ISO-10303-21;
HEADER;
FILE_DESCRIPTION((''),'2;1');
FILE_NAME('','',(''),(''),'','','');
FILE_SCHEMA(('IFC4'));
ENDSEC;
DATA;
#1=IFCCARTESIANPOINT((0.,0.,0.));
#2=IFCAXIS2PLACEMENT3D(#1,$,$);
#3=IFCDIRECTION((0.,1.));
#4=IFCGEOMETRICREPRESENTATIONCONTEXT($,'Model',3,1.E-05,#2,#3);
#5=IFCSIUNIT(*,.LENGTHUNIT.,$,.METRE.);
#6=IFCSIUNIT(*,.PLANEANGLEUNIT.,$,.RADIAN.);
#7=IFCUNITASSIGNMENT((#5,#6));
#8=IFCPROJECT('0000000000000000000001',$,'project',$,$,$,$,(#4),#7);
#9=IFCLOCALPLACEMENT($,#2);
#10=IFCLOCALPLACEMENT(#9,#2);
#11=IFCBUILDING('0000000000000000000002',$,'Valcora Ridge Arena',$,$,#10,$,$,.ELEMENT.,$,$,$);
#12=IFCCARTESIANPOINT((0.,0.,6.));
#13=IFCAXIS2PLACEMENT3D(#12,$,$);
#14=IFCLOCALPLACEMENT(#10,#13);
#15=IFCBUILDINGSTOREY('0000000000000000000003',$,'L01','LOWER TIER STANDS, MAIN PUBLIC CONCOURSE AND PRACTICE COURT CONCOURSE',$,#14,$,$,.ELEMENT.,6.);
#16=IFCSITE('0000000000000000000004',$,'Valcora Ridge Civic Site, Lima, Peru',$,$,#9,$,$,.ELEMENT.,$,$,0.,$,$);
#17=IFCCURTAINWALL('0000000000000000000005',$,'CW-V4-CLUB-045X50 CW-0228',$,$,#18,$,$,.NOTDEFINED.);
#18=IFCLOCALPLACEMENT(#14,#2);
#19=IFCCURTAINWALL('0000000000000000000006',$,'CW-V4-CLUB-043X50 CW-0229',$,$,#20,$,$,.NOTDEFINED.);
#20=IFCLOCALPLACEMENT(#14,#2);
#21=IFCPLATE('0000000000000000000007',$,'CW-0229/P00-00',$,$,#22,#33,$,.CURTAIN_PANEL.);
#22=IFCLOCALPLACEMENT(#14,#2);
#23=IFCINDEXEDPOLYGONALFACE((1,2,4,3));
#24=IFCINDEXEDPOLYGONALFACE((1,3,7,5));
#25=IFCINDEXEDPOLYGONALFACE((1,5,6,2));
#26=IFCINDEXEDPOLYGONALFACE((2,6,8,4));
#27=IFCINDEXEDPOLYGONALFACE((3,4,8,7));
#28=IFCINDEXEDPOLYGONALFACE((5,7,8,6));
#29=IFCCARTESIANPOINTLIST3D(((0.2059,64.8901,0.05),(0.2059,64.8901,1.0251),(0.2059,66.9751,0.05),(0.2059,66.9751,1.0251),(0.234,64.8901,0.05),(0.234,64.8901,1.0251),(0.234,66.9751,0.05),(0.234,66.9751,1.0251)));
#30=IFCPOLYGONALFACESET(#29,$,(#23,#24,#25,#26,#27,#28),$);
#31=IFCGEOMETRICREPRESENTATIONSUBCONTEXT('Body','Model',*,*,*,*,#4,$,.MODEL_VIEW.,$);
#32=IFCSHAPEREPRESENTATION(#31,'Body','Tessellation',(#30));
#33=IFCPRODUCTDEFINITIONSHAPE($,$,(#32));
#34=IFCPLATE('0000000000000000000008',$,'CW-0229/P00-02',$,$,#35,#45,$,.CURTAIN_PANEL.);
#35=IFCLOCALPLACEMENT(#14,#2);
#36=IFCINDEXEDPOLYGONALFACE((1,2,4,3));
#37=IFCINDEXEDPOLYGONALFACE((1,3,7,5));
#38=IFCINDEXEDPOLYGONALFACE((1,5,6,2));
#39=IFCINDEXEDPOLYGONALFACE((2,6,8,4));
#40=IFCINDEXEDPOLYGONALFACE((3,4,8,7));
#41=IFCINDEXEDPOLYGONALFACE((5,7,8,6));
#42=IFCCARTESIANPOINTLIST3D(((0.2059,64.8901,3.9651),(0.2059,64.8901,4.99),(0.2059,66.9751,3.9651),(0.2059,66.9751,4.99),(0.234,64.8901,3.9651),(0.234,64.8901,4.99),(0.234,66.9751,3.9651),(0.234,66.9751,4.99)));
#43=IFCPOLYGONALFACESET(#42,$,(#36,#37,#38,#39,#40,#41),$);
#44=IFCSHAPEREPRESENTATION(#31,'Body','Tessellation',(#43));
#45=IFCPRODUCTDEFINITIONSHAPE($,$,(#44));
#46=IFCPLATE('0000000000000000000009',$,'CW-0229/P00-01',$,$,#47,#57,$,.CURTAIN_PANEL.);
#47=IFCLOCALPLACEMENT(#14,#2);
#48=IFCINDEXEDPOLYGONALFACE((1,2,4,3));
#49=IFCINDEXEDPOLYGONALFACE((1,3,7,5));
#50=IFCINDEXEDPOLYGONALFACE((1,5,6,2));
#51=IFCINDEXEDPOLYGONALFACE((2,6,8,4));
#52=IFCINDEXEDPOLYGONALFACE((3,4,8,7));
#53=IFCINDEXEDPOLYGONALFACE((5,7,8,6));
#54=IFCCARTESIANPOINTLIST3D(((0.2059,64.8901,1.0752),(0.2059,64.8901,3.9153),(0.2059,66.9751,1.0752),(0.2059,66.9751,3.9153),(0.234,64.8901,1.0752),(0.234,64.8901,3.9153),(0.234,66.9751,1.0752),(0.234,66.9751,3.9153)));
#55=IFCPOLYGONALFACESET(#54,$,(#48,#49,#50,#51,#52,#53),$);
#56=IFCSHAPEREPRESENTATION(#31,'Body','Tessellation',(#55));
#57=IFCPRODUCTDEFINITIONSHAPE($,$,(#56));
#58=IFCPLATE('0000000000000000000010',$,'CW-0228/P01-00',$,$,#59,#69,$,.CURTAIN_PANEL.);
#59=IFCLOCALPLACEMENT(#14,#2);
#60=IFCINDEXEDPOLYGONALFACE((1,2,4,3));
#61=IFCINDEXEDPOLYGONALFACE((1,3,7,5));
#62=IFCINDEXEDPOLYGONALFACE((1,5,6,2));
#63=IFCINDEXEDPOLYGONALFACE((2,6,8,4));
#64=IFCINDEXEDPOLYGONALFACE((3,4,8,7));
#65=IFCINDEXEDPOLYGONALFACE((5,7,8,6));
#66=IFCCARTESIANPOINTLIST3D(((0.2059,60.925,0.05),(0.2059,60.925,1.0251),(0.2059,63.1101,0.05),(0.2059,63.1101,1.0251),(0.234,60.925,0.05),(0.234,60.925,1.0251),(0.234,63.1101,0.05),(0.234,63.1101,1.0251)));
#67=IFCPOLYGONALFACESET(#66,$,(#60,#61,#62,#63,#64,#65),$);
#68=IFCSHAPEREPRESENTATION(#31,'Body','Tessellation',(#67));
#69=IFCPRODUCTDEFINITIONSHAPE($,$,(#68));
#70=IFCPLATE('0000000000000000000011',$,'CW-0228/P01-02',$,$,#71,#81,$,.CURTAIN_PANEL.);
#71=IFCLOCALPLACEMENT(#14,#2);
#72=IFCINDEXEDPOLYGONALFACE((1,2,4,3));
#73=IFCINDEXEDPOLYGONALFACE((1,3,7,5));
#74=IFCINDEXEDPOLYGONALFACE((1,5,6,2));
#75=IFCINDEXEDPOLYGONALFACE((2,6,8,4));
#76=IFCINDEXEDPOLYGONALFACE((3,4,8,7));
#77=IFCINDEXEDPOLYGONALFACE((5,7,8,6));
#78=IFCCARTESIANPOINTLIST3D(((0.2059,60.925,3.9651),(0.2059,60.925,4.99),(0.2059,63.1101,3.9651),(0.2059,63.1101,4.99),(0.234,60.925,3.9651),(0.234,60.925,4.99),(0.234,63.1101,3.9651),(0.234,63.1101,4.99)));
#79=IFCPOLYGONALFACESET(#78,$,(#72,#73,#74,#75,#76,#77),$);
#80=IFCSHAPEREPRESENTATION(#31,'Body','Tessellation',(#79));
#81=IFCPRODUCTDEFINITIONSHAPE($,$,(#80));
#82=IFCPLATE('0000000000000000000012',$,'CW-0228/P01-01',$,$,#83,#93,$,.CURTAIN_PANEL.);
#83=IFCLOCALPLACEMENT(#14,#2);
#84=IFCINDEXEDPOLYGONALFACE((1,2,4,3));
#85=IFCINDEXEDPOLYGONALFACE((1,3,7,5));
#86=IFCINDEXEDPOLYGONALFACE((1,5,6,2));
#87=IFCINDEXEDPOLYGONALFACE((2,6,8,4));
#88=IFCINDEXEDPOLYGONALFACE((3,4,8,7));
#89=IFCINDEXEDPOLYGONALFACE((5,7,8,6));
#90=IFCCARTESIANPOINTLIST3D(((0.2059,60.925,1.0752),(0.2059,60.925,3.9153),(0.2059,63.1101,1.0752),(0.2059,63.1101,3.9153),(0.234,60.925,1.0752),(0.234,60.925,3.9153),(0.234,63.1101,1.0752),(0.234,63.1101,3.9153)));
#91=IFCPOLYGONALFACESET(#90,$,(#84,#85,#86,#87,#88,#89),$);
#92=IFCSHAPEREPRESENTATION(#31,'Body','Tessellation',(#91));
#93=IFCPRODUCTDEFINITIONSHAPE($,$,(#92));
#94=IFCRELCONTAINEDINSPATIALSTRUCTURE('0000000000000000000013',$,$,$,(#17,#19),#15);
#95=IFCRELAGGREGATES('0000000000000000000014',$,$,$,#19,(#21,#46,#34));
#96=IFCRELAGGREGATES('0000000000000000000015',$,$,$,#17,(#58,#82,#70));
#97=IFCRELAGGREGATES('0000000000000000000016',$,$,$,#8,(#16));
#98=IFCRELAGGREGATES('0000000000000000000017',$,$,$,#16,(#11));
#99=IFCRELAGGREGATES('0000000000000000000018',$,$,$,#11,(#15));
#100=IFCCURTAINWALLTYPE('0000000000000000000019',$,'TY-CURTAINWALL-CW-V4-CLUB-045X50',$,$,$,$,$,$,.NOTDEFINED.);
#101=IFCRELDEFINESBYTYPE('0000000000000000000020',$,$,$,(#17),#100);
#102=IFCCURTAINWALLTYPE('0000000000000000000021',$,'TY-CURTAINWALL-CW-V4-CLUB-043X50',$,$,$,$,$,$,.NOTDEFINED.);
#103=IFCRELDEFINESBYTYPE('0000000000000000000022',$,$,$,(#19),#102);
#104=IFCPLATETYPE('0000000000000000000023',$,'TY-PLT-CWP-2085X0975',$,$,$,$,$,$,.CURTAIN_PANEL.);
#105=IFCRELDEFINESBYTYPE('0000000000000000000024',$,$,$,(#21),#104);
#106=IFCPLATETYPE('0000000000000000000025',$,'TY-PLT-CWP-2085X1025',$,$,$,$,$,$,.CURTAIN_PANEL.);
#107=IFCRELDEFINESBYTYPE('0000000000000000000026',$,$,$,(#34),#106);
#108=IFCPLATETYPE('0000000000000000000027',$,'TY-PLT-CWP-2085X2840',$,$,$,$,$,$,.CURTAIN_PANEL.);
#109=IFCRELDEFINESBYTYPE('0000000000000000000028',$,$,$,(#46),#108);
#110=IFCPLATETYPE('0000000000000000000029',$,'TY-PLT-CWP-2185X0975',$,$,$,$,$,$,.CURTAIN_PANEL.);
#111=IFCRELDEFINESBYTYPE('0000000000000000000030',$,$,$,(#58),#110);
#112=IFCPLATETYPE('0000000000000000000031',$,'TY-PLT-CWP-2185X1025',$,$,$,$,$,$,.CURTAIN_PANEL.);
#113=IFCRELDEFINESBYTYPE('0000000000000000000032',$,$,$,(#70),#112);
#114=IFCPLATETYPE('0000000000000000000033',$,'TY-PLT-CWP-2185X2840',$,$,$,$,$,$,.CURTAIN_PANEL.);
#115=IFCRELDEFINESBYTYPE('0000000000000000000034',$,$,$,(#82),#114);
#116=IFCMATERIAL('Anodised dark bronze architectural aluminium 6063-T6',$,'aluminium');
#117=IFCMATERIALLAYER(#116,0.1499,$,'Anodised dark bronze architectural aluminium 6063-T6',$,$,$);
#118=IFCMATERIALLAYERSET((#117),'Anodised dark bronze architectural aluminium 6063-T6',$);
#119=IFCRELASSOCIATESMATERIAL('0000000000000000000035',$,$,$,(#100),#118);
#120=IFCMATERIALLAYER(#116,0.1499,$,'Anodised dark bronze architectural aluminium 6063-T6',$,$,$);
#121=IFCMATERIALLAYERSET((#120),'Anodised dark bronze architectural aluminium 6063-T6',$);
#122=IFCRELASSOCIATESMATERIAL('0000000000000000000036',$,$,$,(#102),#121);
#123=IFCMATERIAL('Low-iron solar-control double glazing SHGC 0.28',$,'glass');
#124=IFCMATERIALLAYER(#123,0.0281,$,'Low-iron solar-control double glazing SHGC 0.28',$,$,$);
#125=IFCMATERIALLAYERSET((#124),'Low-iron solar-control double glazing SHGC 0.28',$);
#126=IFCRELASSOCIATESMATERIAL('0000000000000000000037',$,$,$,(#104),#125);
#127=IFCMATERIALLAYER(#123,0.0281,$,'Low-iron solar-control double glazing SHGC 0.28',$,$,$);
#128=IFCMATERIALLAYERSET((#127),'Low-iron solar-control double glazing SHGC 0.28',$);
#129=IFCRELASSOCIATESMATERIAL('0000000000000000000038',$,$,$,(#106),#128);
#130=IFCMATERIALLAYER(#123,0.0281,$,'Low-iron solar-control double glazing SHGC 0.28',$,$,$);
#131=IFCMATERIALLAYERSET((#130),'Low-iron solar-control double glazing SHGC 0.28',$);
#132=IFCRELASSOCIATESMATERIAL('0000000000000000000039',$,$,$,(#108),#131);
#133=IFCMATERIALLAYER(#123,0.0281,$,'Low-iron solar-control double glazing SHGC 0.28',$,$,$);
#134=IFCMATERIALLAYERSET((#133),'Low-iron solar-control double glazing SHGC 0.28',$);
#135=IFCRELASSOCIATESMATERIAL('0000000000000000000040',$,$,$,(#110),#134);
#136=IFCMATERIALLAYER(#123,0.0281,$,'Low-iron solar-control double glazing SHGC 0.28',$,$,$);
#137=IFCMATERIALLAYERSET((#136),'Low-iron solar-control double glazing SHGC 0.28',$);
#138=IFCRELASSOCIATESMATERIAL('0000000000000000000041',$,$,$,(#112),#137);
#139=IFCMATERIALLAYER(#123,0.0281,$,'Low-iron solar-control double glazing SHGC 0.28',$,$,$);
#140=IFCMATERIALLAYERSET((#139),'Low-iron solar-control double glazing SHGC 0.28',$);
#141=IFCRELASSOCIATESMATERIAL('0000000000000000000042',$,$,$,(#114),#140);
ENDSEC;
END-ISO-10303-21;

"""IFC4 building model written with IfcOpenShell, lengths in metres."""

from ifc_helpers import new_model, si_unit, direction, frame, origin, origin_2d, place, context, subcontext, project, spatial, rectangle, extrude, material, layer, layer_set, type_object, element, aggregate, save


model = new_model("IFC4")

# Units and contexts
model_context = context("Model", 3, precision=1e-05, world=origin(), true_north=direction((0.0, 1.0)))
body_context = subcontext(model_context, "Body", "Model", "MODEL_VIEW")
ifc_project = project(units=[si_unit("LENGTHUNIT", "METRE"), si_unit("PLANEANGLEUNIT", "RADIAN")], contexts=[model_context])

# Site, building, storey
site_placement = place(None, origin())
site = spatial("IfcSite", under=ifc_project, at=site_placement, Name="Valcora Ridge Civic Site, Lima, Peru", CompositionType="ELEMENT", RefElevation=0.0)
building_placement = place(site_placement, origin())
building = spatial("IfcBuilding", under=site, at=building_placement, Name="Valcora Ridge Arena", CompositionType="ELEMENT")
storey_placement = place(building_placement, frame((0.0, 0.0, 6.0)))
storey = spatial("IfcBuildingStorey", under=building, at=storey_placement, Name="L01", Description="LOWER TIER STANDS, MAIN PUBLIC CONCOURSE AND PRACTICE COURT CONCOURSE", CompositionType="ELEMENT", Elevation=6.0)

# Curtain wall
ifc_material_1 = material(Name="Anodised dark bronze architectural aluminium 6063-T6", Category="aluminium")
ifc_layer_1 = layer(ifc_material_1, 0.1499, Name="Anodised dark bronze architectural aluminium 6063-T6")
ifc_layer_set_1 = layer_set([ifc_layer_1], Name="Anodised dark bronze architectural aluminium 6063-T6")
curtain_wall_type_1 = type_object("IfcCurtainWallType", Name="TY-CURTAINWALL-CW-V4-CLUB-045X50", PredefinedType="NOTDEFINED", material=ifc_layer_set_1)
curtain_wall_1_placement = place(storey_placement, origin())
curtain_wall_1 = element("IfcCurtainWall", 1, at=curtain_wall_1_placement, inside=storey, type_object=curtain_wall_type_1, Name="CW-V4-CLUB-045X50 CW-0228", PredefinedType="NOTDEFINED")

# Curtain wall
ifc_layer_2 = layer(ifc_material_1, 0.1499, Name="Anodised dark bronze architectural aluminium 6063-T6")
ifc_layer_set_2 = layer_set([ifc_layer_2], Name="Anodised dark bronze architectural aluminium 6063-T6")
curtain_wall_type_2 = type_object("IfcCurtainWallType", Name="TY-CURTAINWALL-CW-V4-CLUB-043X50", PredefinedType="NOTDEFINED", material=ifc_layer_set_2)
curtain_wall_2_placement = place(storey_placement, origin())
curtain_wall_2 = element("IfcCurtainWall", 2, at=curtain_wall_2_placement, inside=storey, type_object=curtain_wall_type_2, Name="CW-V4-CLUB-043X50 CW-0229", PredefinedType="NOTDEFINED")

# Plates
ifc_material_2 = material(Name="Low-iron solar-control double glazing SHGC 0.28", Category="glass")
ifc_layer_3 = layer(ifc_material_2, 0.0281, Name="Low-iron solar-control double glazing SHGC 0.28")
ifc_layer_set_3 = layer_set([ifc_layer_3], Name="Low-iron solar-control double glazing SHGC 0.28")
plate_type_1 = type_object("IfcPlateType", Name="TY-PLT-CWP-2085X0975", PredefinedType="CURTAIN_PANEL", material=ifc_layer_set_3)
plate_1_placement = place(storey_placement, frame((0.22, 65.9326, 0.05), z_axis=(0.0, 0.0, 1.0), x_axis=(0.0, 1.0, 0.0)))
plate_1 = element("IfcPlate", 3, at=plate_1_placement, type_object=plate_type_1, Name="CW-0229/P00-00", PredefinedType="CURTAIN_PANEL", context=body_context, shape_type="SweptSolid", body=[
    extrude(rectangle(XDim=2.085, YDim=0.0281, at=origin_2d()), origin(), (0.0, 0.0, 1.0), 0.9751),
])
ifc_layer_4 = layer(ifc_material_2, 0.0281, Name="Low-iron solar-control double glazing SHGC 0.28")
ifc_layer_set_4 = layer_set([ifc_layer_4], Name="Low-iron solar-control double glazing SHGC 0.28")
plate_type_2 = type_object("IfcPlateType", Name="TY-PLT-CWP-2085X1025", PredefinedType="CURTAIN_PANEL", material=ifc_layer_set_4)
plate_2_placement = place(storey_placement, frame((0.22, 65.9326, 3.9651), z_axis=(0.0, 0.0, 1.0), x_axis=(0.0, 1.0, 0.0)))
plate_2 = element("IfcPlate", 4, at=plate_2_placement, type_object=plate_type_2, Name="CW-0229/P00-02", PredefinedType="CURTAIN_PANEL", context=body_context, shape_type="SweptSolid", body=[
    extrude(rectangle(XDim=2.085, YDim=0.0281, at=origin_2d()), origin(), (0.0, 0.0, 1.0), 1.0249),
])
ifc_layer_5 = layer(ifc_material_2, 0.0281, Name="Low-iron solar-control double glazing SHGC 0.28")
ifc_layer_set_5 = layer_set([ifc_layer_5], Name="Low-iron solar-control double glazing SHGC 0.28")
plate_type_3 = type_object("IfcPlateType", Name="TY-PLT-CWP-2085X2840", PredefinedType="CURTAIN_PANEL", material=ifc_layer_set_5)
plate_3_placement = place(storey_placement, frame((0.22, 65.9326, 1.0752), z_axis=(0.0, 0.0, 1.0), x_axis=(0.0, 1.0, 0.0)))
plate_3 = element("IfcPlate", 5, at=plate_3_placement, type_object=plate_type_3, Name="CW-0229/P00-01", PredefinedType="CURTAIN_PANEL", context=body_context, shape_type="SweptSolid", body=[
    extrude(rectangle(XDim=2.085, YDim=0.0281, at=origin_2d()), origin(), (0.0, 0.0, 1.0), 2.8401),
])
aggregate(curtain_wall_2, [plate_1, plate_3, plate_2])
ifc_layer_6 = layer(ifc_material_2, 0.0281, Name="Low-iron solar-control double glazing SHGC 0.28")
ifc_layer_set_6 = layer_set([ifc_layer_6], Name="Low-iron solar-control double glazing SHGC 0.28")
plate_type_4 = type_object("IfcPlateType", Name="TY-PLT-CWP-2185X0975", PredefinedType="CURTAIN_PANEL", material=ifc_layer_set_6)
plate_4_placement = place(storey_placement, frame((0.22, 62.0176, 0.05), z_axis=(0.0, 0.0, 1.0), x_axis=(0.0, 1.0, 0.0)))
plate_4 = element("IfcPlate", 6, at=plate_4_placement, type_object=plate_type_4, Name="CW-0228/P01-00", PredefinedType="CURTAIN_PANEL", context=body_context, shape_type="SweptSolid", body=[
    extrude(rectangle(XDim=2.1851, YDim=0.0281, at=origin_2d()), origin(), (0.0, 0.0, 1.0), 0.9751),
])
ifc_layer_7 = layer(ifc_material_2, 0.0281, Name="Low-iron solar-control double glazing SHGC 0.28")
ifc_layer_set_7 = layer_set([ifc_layer_7], Name="Low-iron solar-control double glazing SHGC 0.28")
plate_type_5 = type_object("IfcPlateType", Name="TY-PLT-CWP-2185X1025", PredefinedType="CURTAIN_PANEL", material=ifc_layer_set_7)
plate_5_placement = place(storey_placement, frame((0.22, 62.0176, 3.9651), z_axis=(0.0, 0.0, 1.0), x_axis=(0.0, 1.0, 0.0)))
plate_5 = element("IfcPlate", 7, at=plate_5_placement, type_object=plate_type_5, Name="CW-0228/P01-02", PredefinedType="CURTAIN_PANEL", context=body_context, shape_type="SweptSolid", body=[
    extrude(rectangle(XDim=2.1851, YDim=0.0281, at=origin_2d()), origin(), (0.0, 0.0, 1.0), 1.0249),
])
ifc_layer_8 = layer(ifc_material_2, 0.0281, Name="Low-iron solar-control double glazing SHGC 0.28")
ifc_layer_set_8 = layer_set([ifc_layer_8], Name="Low-iron solar-control double glazing SHGC 0.28")
plate_type_6 = type_object("IfcPlateType", Name="TY-PLT-CWP-2185X2840", PredefinedType="CURTAIN_PANEL", material=ifc_layer_set_8)
plate_6_placement = place(storey_placement, frame((0.22, 62.0176, 1.0752), z_axis=(0.0, 0.0, 1.0), x_axis=(0.0, 1.0, 0.0)))
plate_6 = element("IfcPlate", 8, at=plate_6_placement, type_object=plate_type_6, Name="CW-0228/P01-01", PredefinedType="CURTAIN_PANEL", context=body_context, shape_type="SweptSolid", body=[
    extrude(rectangle(XDim=2.1851, YDim=0.0281, at=origin_2d()), origin(), (0.0, 0.0, 1.0), 2.8401),
])
aggregate(curtain_wall_1, [plate_4, plate_6, plate_5])

save(model, "model.ifc")
